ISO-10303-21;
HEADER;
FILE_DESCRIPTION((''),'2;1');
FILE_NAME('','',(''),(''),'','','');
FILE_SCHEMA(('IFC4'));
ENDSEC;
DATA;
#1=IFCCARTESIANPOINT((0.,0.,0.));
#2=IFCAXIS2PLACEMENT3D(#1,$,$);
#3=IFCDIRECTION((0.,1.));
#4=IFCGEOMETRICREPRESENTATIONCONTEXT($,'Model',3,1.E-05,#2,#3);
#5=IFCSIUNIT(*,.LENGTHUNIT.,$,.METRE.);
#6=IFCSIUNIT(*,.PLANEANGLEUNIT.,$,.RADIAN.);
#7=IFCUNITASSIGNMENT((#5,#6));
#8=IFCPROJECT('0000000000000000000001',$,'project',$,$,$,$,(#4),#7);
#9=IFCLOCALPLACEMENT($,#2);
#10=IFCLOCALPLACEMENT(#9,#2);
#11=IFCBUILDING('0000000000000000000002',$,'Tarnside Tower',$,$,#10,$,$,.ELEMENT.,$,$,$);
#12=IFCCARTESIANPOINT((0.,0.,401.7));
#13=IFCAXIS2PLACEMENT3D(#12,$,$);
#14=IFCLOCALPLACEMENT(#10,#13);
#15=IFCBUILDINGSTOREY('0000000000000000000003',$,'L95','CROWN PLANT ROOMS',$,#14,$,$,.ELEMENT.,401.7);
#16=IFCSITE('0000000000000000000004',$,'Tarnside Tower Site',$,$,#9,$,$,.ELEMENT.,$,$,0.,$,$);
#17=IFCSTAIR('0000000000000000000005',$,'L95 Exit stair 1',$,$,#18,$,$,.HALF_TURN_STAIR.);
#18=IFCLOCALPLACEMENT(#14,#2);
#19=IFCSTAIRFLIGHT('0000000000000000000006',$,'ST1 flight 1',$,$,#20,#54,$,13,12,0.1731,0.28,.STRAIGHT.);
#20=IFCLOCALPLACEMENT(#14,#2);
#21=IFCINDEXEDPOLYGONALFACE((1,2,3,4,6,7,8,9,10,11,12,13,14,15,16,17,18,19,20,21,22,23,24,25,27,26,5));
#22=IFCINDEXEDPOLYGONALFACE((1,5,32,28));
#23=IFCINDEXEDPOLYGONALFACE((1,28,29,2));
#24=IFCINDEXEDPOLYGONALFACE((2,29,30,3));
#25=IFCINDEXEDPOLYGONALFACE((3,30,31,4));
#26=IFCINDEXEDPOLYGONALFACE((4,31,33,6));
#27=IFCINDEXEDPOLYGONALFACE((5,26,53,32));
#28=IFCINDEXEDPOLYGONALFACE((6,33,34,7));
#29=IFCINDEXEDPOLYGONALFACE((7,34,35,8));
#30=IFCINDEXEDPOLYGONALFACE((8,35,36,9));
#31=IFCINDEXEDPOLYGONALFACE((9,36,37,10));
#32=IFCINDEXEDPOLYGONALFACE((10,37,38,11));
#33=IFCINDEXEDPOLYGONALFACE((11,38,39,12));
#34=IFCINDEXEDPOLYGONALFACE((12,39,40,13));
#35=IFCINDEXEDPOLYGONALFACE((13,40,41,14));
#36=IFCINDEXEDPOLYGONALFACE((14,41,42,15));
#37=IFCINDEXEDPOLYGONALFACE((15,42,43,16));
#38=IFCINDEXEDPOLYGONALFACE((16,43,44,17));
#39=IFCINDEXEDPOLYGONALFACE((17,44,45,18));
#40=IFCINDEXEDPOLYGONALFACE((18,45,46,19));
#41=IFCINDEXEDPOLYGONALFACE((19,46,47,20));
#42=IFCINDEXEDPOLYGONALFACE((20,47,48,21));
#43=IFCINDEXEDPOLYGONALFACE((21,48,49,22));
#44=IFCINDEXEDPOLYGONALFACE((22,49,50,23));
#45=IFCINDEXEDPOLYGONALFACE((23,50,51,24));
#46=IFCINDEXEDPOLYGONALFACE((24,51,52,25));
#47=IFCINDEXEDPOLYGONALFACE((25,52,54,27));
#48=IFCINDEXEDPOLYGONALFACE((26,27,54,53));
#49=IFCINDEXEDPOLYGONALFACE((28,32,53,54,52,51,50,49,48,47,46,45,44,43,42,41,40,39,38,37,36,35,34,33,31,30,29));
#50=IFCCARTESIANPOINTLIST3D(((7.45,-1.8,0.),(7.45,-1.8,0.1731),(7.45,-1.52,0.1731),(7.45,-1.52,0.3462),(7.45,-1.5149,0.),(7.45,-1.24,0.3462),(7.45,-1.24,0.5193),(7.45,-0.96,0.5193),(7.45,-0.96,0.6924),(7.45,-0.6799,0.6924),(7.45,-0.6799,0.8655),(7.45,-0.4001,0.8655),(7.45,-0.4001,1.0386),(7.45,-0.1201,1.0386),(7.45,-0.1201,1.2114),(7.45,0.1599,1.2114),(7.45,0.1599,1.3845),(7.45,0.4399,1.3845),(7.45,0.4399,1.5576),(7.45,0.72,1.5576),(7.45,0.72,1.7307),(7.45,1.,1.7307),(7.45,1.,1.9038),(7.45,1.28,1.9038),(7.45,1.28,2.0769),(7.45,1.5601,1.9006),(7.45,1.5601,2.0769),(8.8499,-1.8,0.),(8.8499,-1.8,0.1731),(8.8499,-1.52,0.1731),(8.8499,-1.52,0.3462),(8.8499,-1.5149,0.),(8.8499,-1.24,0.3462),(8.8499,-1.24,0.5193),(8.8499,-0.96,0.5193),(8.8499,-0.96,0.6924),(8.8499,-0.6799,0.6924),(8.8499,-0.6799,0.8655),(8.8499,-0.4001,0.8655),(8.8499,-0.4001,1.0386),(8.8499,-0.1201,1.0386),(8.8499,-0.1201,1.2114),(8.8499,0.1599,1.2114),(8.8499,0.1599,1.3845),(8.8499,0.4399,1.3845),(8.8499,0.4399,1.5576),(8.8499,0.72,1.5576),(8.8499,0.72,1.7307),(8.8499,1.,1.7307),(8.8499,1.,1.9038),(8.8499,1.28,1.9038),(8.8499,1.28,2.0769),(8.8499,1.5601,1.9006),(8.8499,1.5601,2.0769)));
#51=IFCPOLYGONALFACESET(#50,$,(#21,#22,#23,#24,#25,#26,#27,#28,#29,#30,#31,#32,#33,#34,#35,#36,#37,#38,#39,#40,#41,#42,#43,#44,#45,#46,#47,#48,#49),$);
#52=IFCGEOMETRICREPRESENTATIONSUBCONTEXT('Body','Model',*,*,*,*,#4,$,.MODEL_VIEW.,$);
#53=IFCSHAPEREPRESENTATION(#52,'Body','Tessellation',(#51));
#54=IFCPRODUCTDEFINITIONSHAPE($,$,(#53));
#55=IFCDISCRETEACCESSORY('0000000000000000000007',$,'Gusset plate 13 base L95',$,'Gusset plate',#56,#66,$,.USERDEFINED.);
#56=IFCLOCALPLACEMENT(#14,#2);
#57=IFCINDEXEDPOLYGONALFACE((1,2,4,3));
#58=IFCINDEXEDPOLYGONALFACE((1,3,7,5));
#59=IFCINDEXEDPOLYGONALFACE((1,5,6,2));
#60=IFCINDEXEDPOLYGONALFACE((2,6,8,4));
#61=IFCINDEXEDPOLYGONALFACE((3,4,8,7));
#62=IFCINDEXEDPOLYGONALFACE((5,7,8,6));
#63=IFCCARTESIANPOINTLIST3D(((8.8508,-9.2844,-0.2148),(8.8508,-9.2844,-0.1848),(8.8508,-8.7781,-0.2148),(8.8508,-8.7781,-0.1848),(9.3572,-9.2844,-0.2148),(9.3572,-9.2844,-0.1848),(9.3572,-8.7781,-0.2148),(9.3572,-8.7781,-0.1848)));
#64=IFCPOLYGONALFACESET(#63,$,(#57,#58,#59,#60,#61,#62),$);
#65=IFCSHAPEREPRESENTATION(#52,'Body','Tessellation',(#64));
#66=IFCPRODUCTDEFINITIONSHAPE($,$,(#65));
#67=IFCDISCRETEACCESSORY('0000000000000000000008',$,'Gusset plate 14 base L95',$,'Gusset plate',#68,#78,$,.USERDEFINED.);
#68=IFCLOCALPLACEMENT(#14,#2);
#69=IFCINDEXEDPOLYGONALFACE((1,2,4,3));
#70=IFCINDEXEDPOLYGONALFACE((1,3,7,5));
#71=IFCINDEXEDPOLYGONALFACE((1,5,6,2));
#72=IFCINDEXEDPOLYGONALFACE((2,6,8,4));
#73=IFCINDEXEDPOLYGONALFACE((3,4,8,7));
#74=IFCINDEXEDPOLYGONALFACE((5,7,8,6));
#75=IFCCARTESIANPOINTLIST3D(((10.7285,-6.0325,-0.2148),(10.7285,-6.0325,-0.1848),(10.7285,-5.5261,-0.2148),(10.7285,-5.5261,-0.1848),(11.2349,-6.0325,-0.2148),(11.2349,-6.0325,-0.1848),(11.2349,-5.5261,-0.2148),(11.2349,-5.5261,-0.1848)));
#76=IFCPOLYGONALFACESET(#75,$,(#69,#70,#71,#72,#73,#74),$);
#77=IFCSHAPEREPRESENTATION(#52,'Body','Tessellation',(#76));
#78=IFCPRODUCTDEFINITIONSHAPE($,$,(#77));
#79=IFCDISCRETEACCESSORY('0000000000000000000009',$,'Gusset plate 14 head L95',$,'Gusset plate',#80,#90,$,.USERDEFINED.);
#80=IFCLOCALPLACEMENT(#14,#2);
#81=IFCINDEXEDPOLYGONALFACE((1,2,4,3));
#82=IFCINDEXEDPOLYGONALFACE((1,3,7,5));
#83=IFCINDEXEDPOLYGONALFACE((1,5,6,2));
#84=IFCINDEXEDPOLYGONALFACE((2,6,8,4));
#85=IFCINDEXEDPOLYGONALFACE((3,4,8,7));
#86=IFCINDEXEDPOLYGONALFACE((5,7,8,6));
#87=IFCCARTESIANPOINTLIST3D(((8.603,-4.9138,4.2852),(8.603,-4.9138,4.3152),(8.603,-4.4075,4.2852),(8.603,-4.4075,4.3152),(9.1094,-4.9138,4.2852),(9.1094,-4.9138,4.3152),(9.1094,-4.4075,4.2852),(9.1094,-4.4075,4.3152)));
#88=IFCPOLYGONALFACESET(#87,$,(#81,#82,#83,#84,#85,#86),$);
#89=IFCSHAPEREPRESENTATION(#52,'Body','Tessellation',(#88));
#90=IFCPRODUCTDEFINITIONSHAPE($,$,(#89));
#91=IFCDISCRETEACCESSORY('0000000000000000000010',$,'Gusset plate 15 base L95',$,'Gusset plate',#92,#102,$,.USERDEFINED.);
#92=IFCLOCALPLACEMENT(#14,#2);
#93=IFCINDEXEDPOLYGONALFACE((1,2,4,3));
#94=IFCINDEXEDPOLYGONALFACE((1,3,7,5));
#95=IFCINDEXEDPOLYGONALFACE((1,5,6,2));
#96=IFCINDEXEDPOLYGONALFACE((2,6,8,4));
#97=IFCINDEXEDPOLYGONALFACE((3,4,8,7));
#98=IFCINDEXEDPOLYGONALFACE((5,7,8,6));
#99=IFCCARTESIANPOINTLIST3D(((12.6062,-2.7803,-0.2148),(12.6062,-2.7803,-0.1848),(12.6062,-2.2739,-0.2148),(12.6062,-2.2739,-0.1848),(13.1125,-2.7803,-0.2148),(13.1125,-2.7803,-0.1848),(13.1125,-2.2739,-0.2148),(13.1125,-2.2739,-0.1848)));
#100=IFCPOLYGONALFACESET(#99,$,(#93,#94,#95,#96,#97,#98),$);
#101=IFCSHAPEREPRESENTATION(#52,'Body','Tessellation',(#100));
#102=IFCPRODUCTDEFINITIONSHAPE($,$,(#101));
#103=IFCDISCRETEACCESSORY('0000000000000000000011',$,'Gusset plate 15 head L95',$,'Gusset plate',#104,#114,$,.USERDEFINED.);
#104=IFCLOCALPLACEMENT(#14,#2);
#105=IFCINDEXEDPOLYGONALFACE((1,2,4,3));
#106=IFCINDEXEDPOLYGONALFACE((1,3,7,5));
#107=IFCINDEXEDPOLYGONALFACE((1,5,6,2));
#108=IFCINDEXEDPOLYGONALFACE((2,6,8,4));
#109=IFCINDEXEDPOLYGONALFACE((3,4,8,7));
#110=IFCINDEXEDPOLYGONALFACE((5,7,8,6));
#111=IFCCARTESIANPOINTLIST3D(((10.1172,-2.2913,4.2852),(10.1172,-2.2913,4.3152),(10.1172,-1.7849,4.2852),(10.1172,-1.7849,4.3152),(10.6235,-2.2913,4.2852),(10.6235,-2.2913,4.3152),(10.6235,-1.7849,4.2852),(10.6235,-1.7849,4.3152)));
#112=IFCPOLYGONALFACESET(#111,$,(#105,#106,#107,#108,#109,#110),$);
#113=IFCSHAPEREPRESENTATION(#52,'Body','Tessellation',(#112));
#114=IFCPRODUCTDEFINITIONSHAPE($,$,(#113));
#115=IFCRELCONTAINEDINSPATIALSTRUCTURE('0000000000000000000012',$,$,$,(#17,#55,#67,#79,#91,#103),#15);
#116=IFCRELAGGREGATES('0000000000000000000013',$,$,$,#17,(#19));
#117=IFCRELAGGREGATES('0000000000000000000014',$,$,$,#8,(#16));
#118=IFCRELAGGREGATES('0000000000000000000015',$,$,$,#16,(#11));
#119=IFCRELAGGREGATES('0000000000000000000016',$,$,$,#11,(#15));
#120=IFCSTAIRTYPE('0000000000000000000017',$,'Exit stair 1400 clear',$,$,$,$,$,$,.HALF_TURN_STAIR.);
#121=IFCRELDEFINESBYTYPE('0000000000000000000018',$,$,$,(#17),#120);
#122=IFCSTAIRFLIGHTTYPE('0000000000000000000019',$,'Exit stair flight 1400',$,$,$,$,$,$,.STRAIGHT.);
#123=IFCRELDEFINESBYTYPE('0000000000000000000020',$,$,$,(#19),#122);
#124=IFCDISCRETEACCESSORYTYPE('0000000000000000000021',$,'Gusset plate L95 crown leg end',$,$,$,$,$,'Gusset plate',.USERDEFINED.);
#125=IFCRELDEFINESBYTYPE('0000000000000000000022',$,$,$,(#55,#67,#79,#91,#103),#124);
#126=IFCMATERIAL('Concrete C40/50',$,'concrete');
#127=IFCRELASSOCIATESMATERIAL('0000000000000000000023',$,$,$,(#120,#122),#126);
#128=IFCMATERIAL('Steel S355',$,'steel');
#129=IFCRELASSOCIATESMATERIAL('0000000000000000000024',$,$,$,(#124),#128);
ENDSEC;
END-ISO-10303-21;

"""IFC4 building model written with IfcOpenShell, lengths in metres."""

from ifc_helpers import new_model, si_unit, direction, frame, origin, origin_2d, place, context, subcontext, project, spatial, polyline, rectangle, outline, extrude, material, type_object, element, aggregate, save


model = new_model("IFC4")

# Units and contexts
model_context = context("Model", 3, precision=1e-05, world=origin(), true_north=direction((0.0, 1.0)))
body_context = subcontext(model_context, "Body", "Model", "MODEL_VIEW")
ifc_project = project(units=[si_unit("LENGTHUNIT", "METRE"), si_unit("PLANEANGLEUNIT", "RADIAN")], contexts=[model_context])

# Site, building, storey
site_placement = place(None, origin())
site = spatial("IfcSite", under=ifc_project, at=site_placement, Name="Tarnside Tower Site", CompositionType="ELEMENT", RefElevation=0.0)
building_placement = place(site_placement, origin())
building = spatial("IfcBuilding", under=site, at=building_placement, Name="Tarnside Tower", CompositionType="ELEMENT")
storey_placement = place(building_placement, frame((0.0, 0.0, 401.7)))
storey = spatial("IfcBuildingStorey", under=building, at=storey_placement, Name="L95", Description="CROWN PLANT ROOMS", CompositionType="ELEMENT", Elevation=401.7)

# Shared definitions
ifc_material_1 = material(Name="Steel S355", Category="steel")

# Shared definitions
ifc_material_2 = material(Name="Concrete C40/50", Category="concrete")

# Stair, stair flight
stair_type = type_object("IfcStairType", Name="Exit stair 1400 clear", PredefinedType="HALF_TURN_STAIR", material=ifc_material_2)
stair_placement = place(storey_placement, origin())
stair = element("IfcStair", 1, at=stair_placement, inside=storey, type_object=stair_type, Name="L95 Exit stair 1", PredefinedType="HALF_TURN_STAIR")
stair_flight_type = type_object("IfcStairFlightType", Name="Exit stair flight 1400", PredefinedType="STRAIGHT", material=ifc_material_2)
stair_flight_placement = place(storey_placement, frame((8.1499, -1.8, 0.0), z_axis=(0.0, 0.0, 1.0), x_axis=(0.0, 1.0, 0.0)))
stair_flight = element("IfcStairFlight", 2, at=stair_flight_placement, type_object=stair_flight_type, Name="ST1 flight 1", NumberOfRisers=13, NumberOfTreads=12, PredefinedType="STRAIGHT", RiserHeight=0.1731, TreadLength=0.28, context=body_context, shape_type="SweptSolid", body=[
    extrude(outline(polyline([(0.0, 0.0), (0.0, 0.1731), (0.28, 0.1731), (0.28, 0.3462), (0.5601, 0.3462), (0.5601, 0.5193), (0.8401, 0.5193), (0.8401, 0.6924), (1.1201, 0.6924), (1.1201, 0.8655), (1.3999, 0.8655), (1.3999, 1.0386), (1.6799, 1.0386), (1.6799, 1.2114), (1.96, 1.2114), (1.96, 1.3845), (2.24, 1.3845), (2.24, 1.5576), (2.52, 1.5576), (2.52, 1.7307), (2.8, 1.7307), (2.8, 1.9038), (3.0801, 1.9038), (3.0801, 2.0769), (3.3601, 2.0769), (3.3601, 2.25), (3.3601, 1.9006), (0.2852, 0.0), (0.0, 0.0)])), frame((0.0, 0.7, 0.0), z_axis=(0.0, -1.0, 0.0), x_axis=(1.0, 0.0, 0.0)), (0.0, 0.0, 1.0), 1.3999),
])
aggregate(stair, [stair_flight])

# Discrete accessories
discrete_accessory_type = type_object("IfcDiscreteAccessoryType", Name="Gusset plate L95 crown leg end", ElementType="Gusset plate", PredefinedType="USERDEFINED", material=ifc_material_1)
for number, where, z_axis, x_axis, name in (
    (3, (9.104, -9.0312, -0.2148), (0.0, 0.0, 1.0), (1.0, 0.0, 0.0), "Gusset plate 13 base L95"),
    (4, (10.9817, -5.7793, -0.2148), (0.0, 0.0, 1.0), (1.0, 0.0, 0.0), "Gusset plate 14 base L95"),
    (5, (8.8562, -4.6606, 4.2852), (0.0, 0.0, 1.0), (1.0, 0.0, 0.0), "Gusset plate 14 head L95"),
    (6, (12.8594, -2.5271, -0.2148), (0.0, 0.0, 1.0), (1.0, 0.0, 0.0), "Gusset plate 15 base L95"),
    (7, (10.3704, -2.0381, 4.2852), (0.0, 0.0, 1.0), (1.0, 0.0, 0.0), "Gusset plate 15 head L95"),
):
    element("IfcDiscreteAccessory", number, at=place(storey_placement, frame(where, z_axis=z_axis, x_axis=x_axis)), inside=storey, type_object=discrete_accessory_type, Name=name, ObjectType="Gusset plate", PredefinedType="USERDEFINED", context=body_context, shape_type="SweptSolid", body=[
        extrude(rectangle(XDim=0.5063, YDim=0.5063, at=origin_2d()), origin(), (0.0, 0.0, 1.0), 0.03),
    ])

save(model, "model.ifc")
